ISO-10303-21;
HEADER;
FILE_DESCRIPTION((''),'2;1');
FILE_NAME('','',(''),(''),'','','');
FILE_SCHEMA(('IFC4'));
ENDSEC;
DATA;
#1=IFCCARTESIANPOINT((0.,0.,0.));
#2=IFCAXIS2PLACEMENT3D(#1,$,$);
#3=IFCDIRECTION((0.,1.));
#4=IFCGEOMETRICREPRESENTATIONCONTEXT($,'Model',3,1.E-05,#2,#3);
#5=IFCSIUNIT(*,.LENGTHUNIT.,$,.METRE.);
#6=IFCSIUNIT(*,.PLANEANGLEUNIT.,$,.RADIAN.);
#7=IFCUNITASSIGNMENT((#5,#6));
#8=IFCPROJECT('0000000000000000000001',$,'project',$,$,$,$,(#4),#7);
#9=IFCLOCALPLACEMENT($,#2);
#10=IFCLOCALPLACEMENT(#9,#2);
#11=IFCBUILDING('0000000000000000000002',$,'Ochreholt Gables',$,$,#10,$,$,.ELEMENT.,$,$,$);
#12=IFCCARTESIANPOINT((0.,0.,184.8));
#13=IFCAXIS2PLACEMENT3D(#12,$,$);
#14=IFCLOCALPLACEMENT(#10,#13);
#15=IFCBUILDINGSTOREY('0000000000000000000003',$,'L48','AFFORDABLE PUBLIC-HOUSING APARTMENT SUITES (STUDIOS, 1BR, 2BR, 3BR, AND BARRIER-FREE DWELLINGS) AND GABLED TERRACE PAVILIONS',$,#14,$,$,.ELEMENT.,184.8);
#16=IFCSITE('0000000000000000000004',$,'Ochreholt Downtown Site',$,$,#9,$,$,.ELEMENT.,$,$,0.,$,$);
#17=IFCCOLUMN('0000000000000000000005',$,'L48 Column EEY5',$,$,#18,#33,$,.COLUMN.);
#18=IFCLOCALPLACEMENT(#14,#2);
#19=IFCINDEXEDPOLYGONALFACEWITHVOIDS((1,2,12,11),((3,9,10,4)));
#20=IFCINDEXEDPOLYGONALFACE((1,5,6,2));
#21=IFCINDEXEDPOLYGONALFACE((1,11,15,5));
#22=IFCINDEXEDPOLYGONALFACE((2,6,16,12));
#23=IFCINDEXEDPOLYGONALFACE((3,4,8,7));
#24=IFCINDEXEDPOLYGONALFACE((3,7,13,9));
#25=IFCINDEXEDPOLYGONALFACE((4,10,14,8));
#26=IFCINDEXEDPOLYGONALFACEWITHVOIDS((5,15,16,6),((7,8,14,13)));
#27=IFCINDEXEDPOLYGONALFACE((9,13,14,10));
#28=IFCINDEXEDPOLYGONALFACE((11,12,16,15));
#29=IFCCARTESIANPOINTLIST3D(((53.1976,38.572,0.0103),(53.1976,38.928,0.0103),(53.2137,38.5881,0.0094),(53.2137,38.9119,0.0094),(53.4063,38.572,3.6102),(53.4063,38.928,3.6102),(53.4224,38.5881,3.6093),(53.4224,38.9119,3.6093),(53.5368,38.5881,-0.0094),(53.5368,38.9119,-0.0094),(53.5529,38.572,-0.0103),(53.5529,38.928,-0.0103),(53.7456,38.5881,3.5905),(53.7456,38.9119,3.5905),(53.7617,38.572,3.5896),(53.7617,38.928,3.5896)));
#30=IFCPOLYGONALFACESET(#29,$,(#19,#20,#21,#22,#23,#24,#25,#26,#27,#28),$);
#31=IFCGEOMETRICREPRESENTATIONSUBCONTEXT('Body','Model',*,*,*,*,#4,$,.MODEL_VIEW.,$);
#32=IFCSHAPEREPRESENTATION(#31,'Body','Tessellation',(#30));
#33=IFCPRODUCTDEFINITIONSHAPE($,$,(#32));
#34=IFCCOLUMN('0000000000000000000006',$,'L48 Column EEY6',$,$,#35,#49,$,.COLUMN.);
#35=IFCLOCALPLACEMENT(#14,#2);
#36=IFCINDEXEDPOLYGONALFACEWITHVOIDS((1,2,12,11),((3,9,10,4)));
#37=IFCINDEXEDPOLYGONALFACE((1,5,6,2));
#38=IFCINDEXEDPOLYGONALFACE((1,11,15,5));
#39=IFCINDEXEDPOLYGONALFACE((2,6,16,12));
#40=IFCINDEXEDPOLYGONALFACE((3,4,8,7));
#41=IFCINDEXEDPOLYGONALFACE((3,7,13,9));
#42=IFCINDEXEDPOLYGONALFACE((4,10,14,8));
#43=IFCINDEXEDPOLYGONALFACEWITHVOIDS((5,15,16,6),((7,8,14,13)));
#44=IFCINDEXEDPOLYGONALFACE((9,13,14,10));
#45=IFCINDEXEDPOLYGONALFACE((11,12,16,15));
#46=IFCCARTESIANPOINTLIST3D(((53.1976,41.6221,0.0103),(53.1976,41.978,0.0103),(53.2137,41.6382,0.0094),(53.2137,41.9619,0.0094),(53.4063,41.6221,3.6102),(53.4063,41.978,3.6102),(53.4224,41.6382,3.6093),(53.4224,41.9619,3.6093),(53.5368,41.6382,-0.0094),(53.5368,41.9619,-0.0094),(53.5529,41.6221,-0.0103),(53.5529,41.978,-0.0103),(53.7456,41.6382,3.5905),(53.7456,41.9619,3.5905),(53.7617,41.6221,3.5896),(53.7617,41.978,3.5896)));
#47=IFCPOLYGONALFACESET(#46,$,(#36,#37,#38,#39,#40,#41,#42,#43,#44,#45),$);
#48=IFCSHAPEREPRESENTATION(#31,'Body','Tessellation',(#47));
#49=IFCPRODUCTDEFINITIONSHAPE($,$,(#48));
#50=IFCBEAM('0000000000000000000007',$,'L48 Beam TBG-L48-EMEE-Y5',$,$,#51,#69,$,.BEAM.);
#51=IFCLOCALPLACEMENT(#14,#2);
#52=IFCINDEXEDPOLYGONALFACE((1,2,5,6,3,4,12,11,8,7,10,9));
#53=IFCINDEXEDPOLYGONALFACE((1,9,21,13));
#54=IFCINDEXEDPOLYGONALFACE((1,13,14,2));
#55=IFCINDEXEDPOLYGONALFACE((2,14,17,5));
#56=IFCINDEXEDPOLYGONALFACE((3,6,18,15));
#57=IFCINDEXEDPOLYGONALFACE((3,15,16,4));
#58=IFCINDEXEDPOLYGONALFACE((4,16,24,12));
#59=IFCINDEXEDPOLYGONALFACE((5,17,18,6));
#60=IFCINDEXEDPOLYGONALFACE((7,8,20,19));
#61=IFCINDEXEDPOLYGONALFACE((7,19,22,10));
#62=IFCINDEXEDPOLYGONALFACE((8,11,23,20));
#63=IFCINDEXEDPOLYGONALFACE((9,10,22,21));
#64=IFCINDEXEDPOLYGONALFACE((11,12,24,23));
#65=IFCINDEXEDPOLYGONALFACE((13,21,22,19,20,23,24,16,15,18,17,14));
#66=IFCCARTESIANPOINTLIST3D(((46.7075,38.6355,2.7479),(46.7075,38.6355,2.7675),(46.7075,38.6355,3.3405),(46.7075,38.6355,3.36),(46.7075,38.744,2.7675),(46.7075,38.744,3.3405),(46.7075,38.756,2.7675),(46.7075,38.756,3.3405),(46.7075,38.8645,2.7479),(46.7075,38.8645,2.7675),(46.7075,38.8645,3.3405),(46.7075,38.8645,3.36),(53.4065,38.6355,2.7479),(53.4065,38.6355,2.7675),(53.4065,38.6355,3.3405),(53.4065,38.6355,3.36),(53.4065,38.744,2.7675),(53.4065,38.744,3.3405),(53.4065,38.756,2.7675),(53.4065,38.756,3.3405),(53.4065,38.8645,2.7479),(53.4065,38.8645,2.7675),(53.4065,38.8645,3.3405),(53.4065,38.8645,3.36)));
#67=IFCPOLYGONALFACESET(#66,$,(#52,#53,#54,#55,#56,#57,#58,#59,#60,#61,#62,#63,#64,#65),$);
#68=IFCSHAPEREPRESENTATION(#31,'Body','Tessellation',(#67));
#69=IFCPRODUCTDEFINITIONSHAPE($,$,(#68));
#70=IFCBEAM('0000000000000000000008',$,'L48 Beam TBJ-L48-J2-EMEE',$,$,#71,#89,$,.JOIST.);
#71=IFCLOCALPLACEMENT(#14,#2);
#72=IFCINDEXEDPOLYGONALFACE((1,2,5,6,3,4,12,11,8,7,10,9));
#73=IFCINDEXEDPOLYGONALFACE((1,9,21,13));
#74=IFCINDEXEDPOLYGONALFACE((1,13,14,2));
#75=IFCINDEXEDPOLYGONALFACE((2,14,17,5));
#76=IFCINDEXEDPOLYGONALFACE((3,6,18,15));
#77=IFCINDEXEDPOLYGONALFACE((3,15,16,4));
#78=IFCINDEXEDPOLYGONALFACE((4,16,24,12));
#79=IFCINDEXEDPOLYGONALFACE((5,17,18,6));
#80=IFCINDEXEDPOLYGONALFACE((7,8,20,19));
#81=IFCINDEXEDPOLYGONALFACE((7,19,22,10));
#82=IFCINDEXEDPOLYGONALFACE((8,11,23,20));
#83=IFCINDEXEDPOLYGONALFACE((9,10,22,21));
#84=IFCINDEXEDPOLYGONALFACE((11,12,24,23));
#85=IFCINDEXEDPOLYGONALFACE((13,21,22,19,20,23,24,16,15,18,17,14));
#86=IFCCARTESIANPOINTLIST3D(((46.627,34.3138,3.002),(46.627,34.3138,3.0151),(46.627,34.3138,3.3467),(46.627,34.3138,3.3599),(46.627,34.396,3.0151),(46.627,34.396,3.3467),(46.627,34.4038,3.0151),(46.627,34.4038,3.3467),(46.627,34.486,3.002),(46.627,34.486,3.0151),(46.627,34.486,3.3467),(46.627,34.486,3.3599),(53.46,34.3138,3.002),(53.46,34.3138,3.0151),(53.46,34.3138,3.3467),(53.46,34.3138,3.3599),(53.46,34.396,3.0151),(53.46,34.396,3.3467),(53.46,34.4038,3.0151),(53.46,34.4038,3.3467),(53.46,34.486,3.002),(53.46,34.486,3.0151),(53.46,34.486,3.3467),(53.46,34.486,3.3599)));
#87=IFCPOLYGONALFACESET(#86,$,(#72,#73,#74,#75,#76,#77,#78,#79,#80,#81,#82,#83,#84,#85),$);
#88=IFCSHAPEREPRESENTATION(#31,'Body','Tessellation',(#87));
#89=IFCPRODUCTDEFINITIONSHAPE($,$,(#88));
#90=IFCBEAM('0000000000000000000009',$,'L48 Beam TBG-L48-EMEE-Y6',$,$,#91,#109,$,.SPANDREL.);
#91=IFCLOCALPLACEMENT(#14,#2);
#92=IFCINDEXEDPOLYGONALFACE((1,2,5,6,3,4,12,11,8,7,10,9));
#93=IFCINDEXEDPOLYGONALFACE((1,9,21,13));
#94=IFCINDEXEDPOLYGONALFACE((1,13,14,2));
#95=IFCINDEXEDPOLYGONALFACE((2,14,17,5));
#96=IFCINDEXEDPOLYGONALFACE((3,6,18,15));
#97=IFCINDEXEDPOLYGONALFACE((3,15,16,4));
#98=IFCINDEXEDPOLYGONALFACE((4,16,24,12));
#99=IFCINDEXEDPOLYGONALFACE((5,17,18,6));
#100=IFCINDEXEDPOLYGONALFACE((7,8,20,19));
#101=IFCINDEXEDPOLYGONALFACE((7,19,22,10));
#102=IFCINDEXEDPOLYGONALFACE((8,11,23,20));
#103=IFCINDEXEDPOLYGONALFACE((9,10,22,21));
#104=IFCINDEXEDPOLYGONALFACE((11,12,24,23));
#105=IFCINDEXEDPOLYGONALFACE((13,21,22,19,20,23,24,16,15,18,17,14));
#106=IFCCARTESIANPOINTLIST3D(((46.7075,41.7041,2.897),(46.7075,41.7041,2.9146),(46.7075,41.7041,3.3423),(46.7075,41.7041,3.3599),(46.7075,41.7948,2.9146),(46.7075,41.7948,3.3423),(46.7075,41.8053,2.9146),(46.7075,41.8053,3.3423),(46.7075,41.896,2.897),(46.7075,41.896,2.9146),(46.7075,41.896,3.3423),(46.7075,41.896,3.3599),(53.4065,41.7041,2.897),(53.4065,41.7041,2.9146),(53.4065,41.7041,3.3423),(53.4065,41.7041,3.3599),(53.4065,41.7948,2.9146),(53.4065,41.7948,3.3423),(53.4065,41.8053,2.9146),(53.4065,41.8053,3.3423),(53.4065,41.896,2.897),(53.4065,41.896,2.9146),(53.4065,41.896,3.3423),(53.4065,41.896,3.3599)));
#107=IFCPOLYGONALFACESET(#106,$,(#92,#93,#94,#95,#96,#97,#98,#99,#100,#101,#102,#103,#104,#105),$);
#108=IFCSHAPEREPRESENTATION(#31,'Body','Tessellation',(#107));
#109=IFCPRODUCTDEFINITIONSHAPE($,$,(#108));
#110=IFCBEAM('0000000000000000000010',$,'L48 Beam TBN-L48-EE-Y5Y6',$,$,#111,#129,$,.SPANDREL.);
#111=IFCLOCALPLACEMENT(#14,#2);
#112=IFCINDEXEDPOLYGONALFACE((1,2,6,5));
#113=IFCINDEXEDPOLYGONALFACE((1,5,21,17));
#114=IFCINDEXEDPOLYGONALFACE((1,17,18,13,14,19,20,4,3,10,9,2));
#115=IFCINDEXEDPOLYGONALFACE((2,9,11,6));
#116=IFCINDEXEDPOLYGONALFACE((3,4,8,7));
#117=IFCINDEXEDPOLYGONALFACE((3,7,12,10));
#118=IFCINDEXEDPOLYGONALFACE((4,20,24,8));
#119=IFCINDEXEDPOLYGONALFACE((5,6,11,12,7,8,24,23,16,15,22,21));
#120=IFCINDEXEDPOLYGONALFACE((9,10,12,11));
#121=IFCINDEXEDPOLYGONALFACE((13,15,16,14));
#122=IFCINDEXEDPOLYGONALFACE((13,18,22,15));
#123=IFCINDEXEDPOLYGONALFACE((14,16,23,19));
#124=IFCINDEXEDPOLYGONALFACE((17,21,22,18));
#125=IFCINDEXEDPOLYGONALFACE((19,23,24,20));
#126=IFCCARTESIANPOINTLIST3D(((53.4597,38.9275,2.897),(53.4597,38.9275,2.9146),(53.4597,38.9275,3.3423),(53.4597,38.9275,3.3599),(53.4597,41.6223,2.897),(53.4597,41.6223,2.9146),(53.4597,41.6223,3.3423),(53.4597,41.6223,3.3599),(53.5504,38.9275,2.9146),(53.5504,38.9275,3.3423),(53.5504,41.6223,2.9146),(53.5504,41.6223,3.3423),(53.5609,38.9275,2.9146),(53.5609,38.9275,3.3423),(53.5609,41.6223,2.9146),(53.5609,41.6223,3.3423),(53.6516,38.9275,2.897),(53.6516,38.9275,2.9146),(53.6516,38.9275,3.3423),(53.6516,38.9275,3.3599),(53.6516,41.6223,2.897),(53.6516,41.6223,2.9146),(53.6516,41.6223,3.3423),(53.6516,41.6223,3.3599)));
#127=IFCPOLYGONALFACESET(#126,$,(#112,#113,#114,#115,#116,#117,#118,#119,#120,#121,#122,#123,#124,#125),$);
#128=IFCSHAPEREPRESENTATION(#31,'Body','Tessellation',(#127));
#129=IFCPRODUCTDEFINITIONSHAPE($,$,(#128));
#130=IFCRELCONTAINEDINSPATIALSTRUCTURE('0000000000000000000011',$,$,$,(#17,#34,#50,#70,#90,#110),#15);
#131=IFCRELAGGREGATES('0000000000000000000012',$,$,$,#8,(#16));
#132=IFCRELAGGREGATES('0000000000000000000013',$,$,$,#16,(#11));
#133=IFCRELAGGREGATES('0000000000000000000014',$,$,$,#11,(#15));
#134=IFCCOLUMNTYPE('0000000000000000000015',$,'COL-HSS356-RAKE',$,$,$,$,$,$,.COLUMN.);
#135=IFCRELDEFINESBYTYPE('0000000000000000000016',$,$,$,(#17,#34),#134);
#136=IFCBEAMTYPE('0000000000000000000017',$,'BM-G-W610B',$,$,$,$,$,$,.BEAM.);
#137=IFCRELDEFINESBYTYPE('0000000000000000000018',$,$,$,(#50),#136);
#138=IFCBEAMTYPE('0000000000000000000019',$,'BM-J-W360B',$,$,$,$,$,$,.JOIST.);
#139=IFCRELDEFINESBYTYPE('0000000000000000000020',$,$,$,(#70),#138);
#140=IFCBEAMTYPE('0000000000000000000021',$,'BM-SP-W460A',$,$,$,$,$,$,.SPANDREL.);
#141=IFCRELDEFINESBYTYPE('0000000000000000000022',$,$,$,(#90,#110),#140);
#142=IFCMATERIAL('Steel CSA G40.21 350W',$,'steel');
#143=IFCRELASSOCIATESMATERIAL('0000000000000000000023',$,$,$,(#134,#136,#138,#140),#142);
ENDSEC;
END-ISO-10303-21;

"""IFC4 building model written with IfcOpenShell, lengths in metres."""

from ifc_helpers import new_model, si_unit, direction, frame, origin, origin_2d, place, context, subcontext, project, spatial, hollow_rectangle, i_section, extrude, material, material_profile, profile_set, type_object, element, save


model = new_model("IFC4")

# Units and contexts
model_context = context("Model", 3, precision=1e-05, world=origin(), true_north=direction((0.0, 1.0)))
body_context = subcontext(model_context, "Body", "Model", "MODEL_VIEW")
ifc_project = project(units=[si_unit("LENGTHUNIT", "METRE"), si_unit("PLANEANGLEUNIT", "RADIAN")], contexts=[model_context])

# Site, building, storey
site_placement = place(None, origin())
site = spatial("IfcSite", under=ifc_project, at=site_placement, Name="Ochreholt Downtown Site", CompositionType="ELEMENT", RefElevation=0.0)
building_placement = place(site_placement, origin())
building = spatial("IfcBuilding", under=site, at=building_placement, Name="Ochreholt Gables", CompositionType="ELEMENT")
storey_placement = place(building_placement, frame((0.0, 0.0, 184.8)))
storey = spatial("IfcBuildingStorey", under=building, at=storey_placement, Name="L48", Description="AFFORDABLE PUBLIC-HOUSING APARTMENT SUITES (STUDIOS, 1BR, 2BR, 3BR, AND BARRIER-FREE DWELLINGS) AND GABLED TERRACE PAVILIONS", CompositionType="ELEMENT", Elevation=184.8)

# Columns
ifc_material_1 = material(Name="Steel CSA G40.21 350W", Category="steel")
ifc_material_profile_1 = material_profile(ifc_material_1, hollow_rectangle(XDim=0.356, YDim=0.356, WallThickness=0.0161, at=origin_2d()), Name="HSS356X356X16")
ifc_profile_set_1 = profile_set([ifc_material_profile_1], Name="Steel CSA G40.21 350W")
column_type = type_object("IfcColumnType", Name="COL-HSS356-RAKE", PredefinedType="COLUMN", material=ifc_profile_set_1)
for number, where, z_axis, x_axis, name in (
    (1, (53.3752, 38.75, 0.0), (0.057889, 0.0, 0.998323), (0.0, 1.0, 0.0), "L48 Column EEY5"),
    (2, (53.3752, 41.8, 0.0), (0.057889, 0.0, 0.998323), (0.0, 1.0, 0.0), "L48 Column EEY6"),
):
    element("IfcColumn", number, at=place(storey_placement, frame(where, z_axis=z_axis, x_axis=x_axis)), inside=storey, type_object=column_type, Name=name, PredefinedType="COLUMN", context=body_context, shape_type="SweptSolid", body=[
        extrude(hollow_rectangle(XDim=0.356, YDim=0.356, WallThickness=0.0161, at=origin_2d()), origin(), (0.0, 0.0, 1.0), 3.606),
    ])

# Beams
ifc_material_profile_2 = material_profile(ifc_material_1, i_section(OverallWidth=0.229, OverallDepth=0.6121, WebThickness=0.012, FlangeThickness=0.0195, at=origin_2d()), Name="W610X125")
ifc_profile_set_2 = profile_set([ifc_material_profile_2], Name="Steel CSA G40.21 350W")
beam_type_1 = type_object("IfcBeamType", Name="BM-G-W610B", PredefinedType="BEAM", material=ifc_profile_set_2)
beam_1_placement = place(storey_placement, frame((46.7075, 38.75, 3.054), z_axis=(1.0, 0.0, 0.0), x_axis=(0.0, 1.0, 0.0)))
element("IfcBeam", 3, at=beam_1_placement, inside=storey, type_object=beam_type_1, Name="L48 Beam TBG-L48-EMEE-Y5", PredefinedType="BEAM", context=body_context, shape_type="SweptSolid", body=[
    extrude(i_section(OverallWidth=0.229, OverallDepth=0.6121, WebThickness=0.012, FlangeThickness=0.0195, at=origin_2d()), origin(), (0.0, 0.0, 1.0), 6.699),
])
ifc_material_profile_3 = material_profile(ifc_material_1, i_section(OverallWidth=0.1721, OverallDepth=0.3579, WebThickness=0.0078, FlangeThickness=0.0132, at=origin_2d()), Name="W360X57")
ifc_profile_set_3 = profile_set([ifc_material_profile_3], Name="Steel CSA G40.21 350W")
beam_type_2 = type_object("IfcBeamType", Name="BM-J-W360B", PredefinedType="JOIST", material=ifc_profile_set_3)
beam_2_placement = place(storey_placement, frame((46.627, 34.3999, 3.1809), z_axis=(1.0, 0.0, 0.0), x_axis=(0.0, 1.0, 0.0)))
element("IfcBeam", 4, at=beam_2_placement, inside=storey, type_object=beam_type_2, Name="L48 Beam TBJ-L48-J2-EMEE", PredefinedType="JOIST", context=body_context, shape_type="SweptSolid", body=[
    extrude(i_section(OverallWidth=0.1721, OverallDepth=0.3579, WebThickness=0.0078, FlangeThickness=0.0132, at=origin_2d()), origin(), (0.0, 0.0, 1.0), 6.833),
])
ifc_material_profile_4 = material_profile(ifc_material_1, i_section(OverallWidth=0.1919, OverallDepth=0.4629, WebThickness=0.0105, FlangeThickness=0.0176, at=origin_2d()), Name="W460X89")
ifc_profile_set_4 = profile_set([ifc_material_profile_4], Name="Steel CSA G40.21 350W")
beam_type_3 = type_object("IfcBeamType", Name="BM-SP-W460A", PredefinedType="SPANDREL", material=ifc_profile_set_4)
beam_3_placement = place(storey_placement, frame((46.7075, 41.8, 3.1284), z_axis=(1.0, 0.0, 0.0), x_axis=(0.0, 1.0, 0.0)))
element("IfcBeam", 5, at=beam_3_placement, inside=storey, type_object=beam_type_3, Name="L48 Beam TBG-L48-EMEE-Y6", PredefinedType="SPANDREL", context=body_context, shape_type="SweptSolid", body=[
    extrude(i_section(OverallWidth=0.1919, OverallDepth=0.4629, WebThickness=0.0105, FlangeThickness=0.0176, at=origin_2d()), origin(), (0.0, 0.0, 1.0), 6.699),
])
beam_4_placement = place(storey_placement, frame((53.5557, 38.9275, 3.1284), z_axis=(0.0, 1.0, 0.0), x_axis=(-1.0, 0.0, 0.0)))
element("IfcBeam", 6, at=beam_4_placement, inside=storey, type_object=beam_type_3, Name="L48 Beam TBN-L48-EE-Y5Y6", PredefinedType="SPANDREL", context=body_context, shape_type="SweptSolid", body=[
    extrude(i_section(OverallWidth=0.1919, OverallDepth=0.4629, WebThickness=0.0105, FlangeThickness=0.0176, at=origin_2d()), origin(), (0.0, 0.0, 1.0), 2.6948),
])

save(model, "model.ifc")
